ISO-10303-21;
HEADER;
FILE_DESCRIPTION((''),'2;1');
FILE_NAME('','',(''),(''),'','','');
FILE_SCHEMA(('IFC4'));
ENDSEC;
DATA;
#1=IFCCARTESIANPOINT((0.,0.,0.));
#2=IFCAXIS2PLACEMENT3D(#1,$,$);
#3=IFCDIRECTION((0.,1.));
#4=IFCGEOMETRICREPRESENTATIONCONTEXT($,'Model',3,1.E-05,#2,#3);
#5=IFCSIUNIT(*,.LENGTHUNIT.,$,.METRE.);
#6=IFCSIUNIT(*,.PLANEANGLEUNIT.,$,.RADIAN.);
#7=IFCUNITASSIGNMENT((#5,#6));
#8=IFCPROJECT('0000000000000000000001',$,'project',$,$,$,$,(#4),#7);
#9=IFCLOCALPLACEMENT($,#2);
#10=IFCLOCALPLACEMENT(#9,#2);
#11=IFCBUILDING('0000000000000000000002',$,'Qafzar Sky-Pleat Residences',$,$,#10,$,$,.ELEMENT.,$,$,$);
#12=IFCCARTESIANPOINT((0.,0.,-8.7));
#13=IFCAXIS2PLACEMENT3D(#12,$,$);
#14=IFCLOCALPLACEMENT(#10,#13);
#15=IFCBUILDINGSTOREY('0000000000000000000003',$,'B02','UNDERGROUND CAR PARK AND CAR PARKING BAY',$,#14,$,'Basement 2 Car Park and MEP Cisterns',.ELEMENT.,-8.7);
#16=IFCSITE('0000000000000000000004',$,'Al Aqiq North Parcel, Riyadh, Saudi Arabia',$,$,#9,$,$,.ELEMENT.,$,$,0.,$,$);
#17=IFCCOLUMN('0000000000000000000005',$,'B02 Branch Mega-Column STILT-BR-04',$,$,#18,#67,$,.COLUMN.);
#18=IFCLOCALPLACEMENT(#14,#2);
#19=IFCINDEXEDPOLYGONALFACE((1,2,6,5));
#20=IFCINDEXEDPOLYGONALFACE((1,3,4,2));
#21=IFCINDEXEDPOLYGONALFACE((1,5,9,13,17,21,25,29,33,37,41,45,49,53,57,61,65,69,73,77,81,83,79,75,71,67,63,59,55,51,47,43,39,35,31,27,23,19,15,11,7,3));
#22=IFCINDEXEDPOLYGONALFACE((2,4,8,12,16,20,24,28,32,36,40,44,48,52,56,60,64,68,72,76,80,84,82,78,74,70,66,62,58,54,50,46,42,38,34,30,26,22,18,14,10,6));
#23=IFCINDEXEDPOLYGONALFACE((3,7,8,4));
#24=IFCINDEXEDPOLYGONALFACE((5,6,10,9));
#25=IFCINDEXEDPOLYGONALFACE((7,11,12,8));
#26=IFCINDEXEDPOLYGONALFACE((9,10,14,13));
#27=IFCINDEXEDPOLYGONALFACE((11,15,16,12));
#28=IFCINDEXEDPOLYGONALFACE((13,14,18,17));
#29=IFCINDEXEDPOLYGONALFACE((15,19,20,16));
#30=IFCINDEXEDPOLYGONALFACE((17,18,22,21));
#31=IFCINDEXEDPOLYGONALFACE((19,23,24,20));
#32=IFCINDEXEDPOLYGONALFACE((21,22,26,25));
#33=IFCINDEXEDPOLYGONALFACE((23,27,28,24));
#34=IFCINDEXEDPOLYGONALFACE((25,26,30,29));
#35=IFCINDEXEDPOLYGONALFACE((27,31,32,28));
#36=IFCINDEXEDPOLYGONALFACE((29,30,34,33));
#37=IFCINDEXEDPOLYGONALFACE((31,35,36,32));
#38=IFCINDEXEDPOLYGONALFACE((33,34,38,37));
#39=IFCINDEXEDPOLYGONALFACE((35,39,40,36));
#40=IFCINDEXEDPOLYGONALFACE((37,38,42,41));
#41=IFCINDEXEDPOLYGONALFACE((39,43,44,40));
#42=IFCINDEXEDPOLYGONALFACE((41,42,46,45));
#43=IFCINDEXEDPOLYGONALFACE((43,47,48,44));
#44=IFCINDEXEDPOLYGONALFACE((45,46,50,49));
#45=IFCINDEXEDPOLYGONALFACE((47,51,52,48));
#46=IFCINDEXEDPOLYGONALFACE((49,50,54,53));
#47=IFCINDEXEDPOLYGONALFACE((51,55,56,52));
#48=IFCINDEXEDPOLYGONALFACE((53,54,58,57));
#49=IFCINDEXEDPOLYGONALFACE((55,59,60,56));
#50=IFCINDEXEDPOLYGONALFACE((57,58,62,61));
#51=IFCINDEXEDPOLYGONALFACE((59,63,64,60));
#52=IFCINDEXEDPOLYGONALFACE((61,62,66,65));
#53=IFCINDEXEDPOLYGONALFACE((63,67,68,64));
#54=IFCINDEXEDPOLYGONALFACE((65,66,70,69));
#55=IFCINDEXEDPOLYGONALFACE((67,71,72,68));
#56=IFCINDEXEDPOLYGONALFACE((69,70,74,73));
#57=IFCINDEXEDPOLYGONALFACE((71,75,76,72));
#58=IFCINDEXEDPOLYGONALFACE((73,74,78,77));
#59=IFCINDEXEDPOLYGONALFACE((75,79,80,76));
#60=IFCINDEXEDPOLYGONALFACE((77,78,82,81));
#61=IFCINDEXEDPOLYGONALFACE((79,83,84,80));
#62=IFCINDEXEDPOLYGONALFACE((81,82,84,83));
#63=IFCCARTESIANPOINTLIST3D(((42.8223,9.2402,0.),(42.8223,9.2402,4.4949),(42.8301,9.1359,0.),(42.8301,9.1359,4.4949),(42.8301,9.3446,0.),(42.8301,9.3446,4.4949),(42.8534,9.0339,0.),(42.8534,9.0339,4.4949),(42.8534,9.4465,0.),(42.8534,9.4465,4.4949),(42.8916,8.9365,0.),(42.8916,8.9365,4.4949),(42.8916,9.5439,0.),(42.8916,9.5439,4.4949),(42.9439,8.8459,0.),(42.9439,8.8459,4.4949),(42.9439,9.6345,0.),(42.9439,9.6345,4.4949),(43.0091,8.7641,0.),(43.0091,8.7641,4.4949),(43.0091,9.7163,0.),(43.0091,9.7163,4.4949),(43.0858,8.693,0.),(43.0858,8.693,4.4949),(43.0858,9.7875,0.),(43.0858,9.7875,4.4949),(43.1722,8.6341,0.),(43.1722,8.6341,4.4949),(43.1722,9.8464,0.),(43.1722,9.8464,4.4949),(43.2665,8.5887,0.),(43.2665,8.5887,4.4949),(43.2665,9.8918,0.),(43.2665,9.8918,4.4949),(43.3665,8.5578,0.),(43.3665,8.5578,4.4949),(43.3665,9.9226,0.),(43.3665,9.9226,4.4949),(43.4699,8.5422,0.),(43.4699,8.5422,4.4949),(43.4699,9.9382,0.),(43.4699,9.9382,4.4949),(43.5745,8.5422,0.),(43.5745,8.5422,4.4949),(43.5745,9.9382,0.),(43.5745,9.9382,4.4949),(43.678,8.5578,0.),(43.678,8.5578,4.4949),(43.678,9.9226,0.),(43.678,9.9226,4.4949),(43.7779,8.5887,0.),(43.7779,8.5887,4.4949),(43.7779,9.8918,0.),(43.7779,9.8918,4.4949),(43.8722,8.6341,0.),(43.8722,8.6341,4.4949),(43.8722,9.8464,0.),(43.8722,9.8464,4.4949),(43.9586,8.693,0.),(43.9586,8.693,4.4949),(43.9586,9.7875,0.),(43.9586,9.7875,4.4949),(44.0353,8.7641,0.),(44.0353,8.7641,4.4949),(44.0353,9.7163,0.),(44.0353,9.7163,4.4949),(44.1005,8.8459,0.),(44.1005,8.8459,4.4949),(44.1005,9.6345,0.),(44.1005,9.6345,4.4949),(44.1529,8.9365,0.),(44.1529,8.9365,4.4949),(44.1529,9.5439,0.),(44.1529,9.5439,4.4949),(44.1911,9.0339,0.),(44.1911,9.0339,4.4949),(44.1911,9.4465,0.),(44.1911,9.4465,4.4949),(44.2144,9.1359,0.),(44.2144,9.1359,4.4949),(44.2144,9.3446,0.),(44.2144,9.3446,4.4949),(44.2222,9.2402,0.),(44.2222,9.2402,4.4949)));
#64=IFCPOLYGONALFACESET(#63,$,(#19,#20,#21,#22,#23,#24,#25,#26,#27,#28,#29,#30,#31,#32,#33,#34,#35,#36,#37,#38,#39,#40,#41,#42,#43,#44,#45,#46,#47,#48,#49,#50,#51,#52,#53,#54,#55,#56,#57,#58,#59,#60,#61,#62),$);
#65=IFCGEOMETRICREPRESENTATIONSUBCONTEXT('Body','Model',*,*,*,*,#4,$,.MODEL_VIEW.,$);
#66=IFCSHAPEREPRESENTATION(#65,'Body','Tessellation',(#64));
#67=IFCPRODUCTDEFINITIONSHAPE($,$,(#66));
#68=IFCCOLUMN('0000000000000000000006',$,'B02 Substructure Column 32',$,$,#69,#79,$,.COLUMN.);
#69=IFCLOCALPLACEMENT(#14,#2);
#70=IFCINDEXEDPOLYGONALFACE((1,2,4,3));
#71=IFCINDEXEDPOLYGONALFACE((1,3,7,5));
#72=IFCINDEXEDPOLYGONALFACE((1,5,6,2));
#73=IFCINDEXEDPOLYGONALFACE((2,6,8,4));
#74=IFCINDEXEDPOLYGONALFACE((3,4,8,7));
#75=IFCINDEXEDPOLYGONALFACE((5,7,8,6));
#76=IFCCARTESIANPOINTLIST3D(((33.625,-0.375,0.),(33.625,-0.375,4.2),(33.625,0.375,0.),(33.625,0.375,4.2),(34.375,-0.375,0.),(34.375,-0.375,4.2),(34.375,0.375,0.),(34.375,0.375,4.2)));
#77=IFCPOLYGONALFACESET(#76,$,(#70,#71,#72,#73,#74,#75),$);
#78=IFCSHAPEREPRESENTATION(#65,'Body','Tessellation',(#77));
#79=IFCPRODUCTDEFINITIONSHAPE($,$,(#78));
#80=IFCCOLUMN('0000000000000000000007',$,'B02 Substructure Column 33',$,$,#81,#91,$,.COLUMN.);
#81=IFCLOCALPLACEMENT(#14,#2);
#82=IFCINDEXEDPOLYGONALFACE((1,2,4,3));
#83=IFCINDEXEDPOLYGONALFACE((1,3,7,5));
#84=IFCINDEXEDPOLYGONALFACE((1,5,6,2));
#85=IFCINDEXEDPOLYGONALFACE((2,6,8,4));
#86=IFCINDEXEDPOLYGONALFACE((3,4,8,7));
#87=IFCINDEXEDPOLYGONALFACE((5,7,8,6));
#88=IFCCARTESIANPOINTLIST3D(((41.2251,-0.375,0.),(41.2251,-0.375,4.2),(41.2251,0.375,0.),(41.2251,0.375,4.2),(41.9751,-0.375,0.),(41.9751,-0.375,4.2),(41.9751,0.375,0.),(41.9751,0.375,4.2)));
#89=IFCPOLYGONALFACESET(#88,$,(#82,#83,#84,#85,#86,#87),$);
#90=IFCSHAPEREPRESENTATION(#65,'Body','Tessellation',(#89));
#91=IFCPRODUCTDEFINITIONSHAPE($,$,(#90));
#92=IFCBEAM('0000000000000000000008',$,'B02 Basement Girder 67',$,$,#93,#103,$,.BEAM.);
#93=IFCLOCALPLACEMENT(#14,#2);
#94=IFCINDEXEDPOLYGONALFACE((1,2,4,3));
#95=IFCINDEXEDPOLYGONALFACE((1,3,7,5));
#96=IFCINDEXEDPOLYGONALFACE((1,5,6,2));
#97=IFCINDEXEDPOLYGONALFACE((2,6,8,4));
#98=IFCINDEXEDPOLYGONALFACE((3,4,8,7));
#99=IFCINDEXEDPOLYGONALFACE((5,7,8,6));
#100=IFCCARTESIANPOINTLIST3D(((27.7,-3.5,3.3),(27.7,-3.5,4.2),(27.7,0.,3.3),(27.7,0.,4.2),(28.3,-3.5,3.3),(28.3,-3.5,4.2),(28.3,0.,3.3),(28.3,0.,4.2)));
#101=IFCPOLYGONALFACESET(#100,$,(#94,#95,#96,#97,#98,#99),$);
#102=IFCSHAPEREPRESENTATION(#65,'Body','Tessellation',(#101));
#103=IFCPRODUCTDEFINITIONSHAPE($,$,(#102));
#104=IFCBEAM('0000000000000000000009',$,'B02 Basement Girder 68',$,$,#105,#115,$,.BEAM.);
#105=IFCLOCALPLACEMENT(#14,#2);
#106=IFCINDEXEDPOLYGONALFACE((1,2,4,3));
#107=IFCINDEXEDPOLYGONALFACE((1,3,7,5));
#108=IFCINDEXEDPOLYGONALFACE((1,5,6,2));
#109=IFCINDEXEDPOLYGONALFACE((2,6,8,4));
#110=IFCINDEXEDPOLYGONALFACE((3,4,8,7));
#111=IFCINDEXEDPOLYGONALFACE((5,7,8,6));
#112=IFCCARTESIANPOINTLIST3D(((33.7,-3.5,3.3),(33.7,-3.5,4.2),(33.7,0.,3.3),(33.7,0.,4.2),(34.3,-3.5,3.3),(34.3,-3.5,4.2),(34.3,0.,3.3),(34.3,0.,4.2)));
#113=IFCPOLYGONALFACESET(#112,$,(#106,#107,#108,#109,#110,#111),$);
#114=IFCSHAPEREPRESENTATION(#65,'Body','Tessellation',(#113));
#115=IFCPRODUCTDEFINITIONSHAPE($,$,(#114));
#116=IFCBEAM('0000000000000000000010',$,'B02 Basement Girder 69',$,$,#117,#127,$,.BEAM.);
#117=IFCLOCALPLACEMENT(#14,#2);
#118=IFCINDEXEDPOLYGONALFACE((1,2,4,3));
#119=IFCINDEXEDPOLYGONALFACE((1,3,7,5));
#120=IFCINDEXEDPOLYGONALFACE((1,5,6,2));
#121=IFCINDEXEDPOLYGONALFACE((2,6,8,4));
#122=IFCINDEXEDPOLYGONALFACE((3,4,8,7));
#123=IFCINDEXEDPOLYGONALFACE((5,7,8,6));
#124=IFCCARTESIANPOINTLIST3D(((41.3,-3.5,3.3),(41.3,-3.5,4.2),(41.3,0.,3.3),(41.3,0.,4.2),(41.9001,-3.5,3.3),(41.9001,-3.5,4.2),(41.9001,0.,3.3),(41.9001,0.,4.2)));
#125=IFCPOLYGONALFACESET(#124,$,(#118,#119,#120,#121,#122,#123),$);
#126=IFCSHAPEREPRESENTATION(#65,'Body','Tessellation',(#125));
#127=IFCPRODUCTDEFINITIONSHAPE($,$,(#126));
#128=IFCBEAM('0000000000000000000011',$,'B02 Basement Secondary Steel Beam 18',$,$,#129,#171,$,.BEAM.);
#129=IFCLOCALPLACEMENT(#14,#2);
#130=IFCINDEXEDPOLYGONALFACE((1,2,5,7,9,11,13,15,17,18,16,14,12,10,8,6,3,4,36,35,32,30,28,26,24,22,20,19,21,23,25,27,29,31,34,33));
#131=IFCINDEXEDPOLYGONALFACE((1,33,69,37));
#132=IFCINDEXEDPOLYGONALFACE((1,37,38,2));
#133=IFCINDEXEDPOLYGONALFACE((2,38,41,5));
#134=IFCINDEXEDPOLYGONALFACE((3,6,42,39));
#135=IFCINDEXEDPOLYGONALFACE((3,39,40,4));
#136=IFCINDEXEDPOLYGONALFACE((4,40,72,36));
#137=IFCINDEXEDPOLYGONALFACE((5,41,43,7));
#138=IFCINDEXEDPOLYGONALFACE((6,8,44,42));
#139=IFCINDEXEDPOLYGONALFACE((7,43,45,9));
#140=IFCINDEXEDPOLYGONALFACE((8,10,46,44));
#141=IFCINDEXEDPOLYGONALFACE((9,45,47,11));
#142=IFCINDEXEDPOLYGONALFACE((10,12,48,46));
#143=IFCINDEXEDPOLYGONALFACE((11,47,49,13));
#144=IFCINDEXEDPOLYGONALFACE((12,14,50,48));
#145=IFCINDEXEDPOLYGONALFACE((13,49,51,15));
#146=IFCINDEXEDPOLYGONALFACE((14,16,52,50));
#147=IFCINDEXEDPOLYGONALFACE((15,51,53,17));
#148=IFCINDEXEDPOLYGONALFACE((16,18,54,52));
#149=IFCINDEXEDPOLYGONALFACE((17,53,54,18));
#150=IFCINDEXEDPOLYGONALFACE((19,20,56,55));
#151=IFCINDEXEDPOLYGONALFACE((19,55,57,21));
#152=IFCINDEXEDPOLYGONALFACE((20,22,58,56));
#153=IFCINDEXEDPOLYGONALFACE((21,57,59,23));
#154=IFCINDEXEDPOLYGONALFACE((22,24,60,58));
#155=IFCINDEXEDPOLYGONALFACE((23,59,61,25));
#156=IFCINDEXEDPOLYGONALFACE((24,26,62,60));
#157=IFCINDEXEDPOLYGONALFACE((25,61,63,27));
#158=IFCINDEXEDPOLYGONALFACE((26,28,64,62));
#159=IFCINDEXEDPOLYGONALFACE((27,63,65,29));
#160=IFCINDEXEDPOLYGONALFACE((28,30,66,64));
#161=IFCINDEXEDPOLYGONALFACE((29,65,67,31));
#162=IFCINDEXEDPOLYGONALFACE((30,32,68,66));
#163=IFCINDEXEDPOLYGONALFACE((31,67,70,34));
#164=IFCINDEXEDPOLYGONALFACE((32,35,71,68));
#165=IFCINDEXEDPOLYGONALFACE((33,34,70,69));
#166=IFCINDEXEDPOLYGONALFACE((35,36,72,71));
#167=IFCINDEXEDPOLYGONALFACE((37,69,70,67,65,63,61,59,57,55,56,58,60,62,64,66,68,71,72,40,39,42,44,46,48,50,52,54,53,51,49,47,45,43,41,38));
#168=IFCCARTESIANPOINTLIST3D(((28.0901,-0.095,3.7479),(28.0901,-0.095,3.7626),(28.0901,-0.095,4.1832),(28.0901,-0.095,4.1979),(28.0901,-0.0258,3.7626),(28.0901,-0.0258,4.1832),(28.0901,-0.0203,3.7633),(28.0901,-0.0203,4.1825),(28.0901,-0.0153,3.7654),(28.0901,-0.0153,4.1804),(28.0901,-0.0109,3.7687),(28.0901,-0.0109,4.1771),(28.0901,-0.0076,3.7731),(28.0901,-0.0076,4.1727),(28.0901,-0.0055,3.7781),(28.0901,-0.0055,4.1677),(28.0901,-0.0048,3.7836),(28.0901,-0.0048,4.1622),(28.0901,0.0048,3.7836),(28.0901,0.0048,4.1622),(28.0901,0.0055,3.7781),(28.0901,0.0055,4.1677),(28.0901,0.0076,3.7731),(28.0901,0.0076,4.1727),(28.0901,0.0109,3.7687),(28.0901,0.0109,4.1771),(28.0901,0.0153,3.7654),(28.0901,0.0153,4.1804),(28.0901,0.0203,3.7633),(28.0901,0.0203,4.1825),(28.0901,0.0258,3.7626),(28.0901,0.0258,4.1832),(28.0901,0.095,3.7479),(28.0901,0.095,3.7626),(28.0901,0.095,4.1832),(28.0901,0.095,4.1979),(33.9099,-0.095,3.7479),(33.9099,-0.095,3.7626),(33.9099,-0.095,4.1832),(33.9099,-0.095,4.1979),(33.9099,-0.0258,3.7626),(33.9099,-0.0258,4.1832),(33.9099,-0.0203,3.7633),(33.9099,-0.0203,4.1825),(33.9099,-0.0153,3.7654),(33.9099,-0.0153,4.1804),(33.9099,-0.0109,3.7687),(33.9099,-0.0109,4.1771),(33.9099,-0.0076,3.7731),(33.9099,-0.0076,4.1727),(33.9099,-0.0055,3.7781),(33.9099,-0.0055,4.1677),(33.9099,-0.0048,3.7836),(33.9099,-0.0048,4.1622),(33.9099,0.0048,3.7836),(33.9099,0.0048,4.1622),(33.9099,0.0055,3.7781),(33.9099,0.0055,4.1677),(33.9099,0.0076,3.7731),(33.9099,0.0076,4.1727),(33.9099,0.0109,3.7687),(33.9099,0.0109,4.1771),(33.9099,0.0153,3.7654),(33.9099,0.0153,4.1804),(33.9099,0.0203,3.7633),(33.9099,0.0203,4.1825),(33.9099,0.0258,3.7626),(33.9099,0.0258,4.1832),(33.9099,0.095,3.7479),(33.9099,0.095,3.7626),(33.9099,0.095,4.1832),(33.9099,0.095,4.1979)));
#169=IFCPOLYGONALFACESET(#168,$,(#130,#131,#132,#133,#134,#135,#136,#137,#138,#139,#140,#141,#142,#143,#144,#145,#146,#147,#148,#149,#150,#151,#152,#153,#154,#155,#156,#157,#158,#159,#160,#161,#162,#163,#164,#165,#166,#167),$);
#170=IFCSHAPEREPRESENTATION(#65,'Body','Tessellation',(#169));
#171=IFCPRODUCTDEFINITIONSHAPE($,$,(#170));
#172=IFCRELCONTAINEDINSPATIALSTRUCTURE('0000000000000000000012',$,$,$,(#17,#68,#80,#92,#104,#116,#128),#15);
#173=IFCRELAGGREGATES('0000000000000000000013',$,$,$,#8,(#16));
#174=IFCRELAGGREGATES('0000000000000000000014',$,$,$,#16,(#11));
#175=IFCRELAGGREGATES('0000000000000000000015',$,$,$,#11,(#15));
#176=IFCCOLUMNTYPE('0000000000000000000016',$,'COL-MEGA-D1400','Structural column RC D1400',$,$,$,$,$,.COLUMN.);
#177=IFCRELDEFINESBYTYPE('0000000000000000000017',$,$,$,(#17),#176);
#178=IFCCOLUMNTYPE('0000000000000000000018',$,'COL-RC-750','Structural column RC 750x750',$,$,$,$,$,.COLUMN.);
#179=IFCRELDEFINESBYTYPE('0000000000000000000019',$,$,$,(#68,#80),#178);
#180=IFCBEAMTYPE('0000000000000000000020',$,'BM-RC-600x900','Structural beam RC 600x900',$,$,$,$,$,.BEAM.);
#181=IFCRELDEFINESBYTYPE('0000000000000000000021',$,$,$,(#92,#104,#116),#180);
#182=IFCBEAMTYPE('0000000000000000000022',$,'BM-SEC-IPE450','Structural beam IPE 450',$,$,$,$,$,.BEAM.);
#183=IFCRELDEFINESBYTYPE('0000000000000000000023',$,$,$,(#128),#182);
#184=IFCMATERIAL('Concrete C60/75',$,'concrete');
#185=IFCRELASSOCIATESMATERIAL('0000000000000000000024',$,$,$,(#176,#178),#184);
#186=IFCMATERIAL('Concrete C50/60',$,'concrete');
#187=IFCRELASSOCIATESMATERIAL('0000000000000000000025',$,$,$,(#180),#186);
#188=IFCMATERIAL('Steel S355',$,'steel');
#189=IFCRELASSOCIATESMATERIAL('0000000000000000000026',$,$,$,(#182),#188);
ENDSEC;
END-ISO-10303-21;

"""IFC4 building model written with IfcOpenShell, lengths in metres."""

from ifc_helpers import new_model, si_unit, direction, frame, origin, origin_2d, place, context, subcontext, project, spatial, rectangle, circle, i_section, extrude, source, transform, mapped, material, material_profile, profile_set, type_object, element, save


model = new_model("IFC4")

# Units and contexts
model_context = context("Model", 3, precision=1e-05, world=origin(), true_north=direction((0.0, 1.0)))
body_context = subcontext(model_context, "Body", "Model", "MODEL_VIEW")
ifc_project = project(units=[si_unit("LENGTHUNIT", "METRE"), si_unit("PLANEANGLEUNIT", "RADIAN")], contexts=[model_context])

# Site, building, storey
site_placement = place(None, origin())
site = spatial("IfcSite", under=ifc_project, at=site_placement, Name="Al Aqiq North Parcel, Riyadh, Saudi Arabia", CompositionType="ELEMENT", RefElevation=0.0)
building_placement = place(site_placement, origin())
building = spatial("IfcBuilding", under=site, at=building_placement, Name="Qafzar Sky-Pleat Residences", CompositionType="ELEMENT")
storey_placement = place(building_placement, frame((0.0, 0.0, -8.7)))
storey = spatial("IfcBuildingStorey", under=building, at=storey_placement, Name="B02", Description="UNDERGROUND CAR PARK AND CAR PARKING BAY", LongName="Basement 2 Car Park and MEP Cisterns", CompositionType="ELEMENT", Elevation=-8.7)

# Shared definitions
ifc_material_1 = material(Name="Concrete C50/60", Category="concrete")

# Columns
ifc_material_2 = material(Name="Concrete C60/75", Category="concrete")
ifc_material_profile_1 = material_profile(ifc_material_2, circle(Radius=0.7, at=origin_2d()), Name="RC D1400")
ifc_profile_set_1 = profile_set([ifc_material_profile_1], Name="Concrete C60/75")
column_type_1 = type_object("IfcColumnType", Name="COL-MEGA-D1400", Description="Structural column RC D1400", PredefinedType="COLUMN", material=ifc_profile_set_1)
shared_shape_1 = source(origin(), body_context, "Body", "SweptSolid", [
    extrude(circle(Radius=0.7, at=origin_2d()), origin(), (0.0, 0.0, 1.0), 4.4949),
])
column_1_placement = place(storey_placement, frame((43.5222, 9.2402, 0.0), z_axis=(0.0, 0.0, 1.0), x_axis=(1.0, 0.0, 0.0)))
element("IfcColumn", 1, at=column_1_placement, inside=storey, type_object=column_type_1, Name="B02 Branch Mega-Column STILT-BR-04", PredefinedType="COLUMN", context=body_context, shape_type="MappedRepresentation", body=[
    mapped(shared_shape_1, transform((0.0, 0.0, 0.0), x_axis=(1.0, 0.0, 0.0), y_axis=(0.0, 1.0, 0.0), z_axis=(0.0, 0.0, 1.0), scale=1.0)),
])
ifc_material_profile_2 = material_profile(ifc_material_2, rectangle(XDim=0.75, YDim=0.75, at=origin_2d()), Name="RC 750x750")
ifc_profile_set_2 = profile_set([ifc_material_profile_2], Name="Concrete C60/75")
column_type_2 = type_object("IfcColumnType", Name="COL-RC-750", Description="Structural column RC 750x750", PredefinedType="COLUMN", material=ifc_profile_set_2)
shared_shape_2 = source(origin(), body_context, "Body", "SweptSolid", [
    extrude(rectangle(XDim=0.75, YDim=0.75, at=origin_2d()), origin(), (0.0, 0.0, 1.0), 4.2),
])
for number, where, z_axis, x_axis, name in (
    (2, (34.0, 0.0, 0.0), (0.0, 0.0, 1.0), (1.0, 0.0, 0.0), "B02 Substructure Column 32"),
    (3, (41.6001, 0.0, 0.0), (0.0, 0.0, 1.0), (1.0, 0.0, 0.0), "B02 Substructure Column 33"),
):
    element("IfcColumn", number, at=place(storey_placement, frame(where, z_axis=z_axis, x_axis=x_axis)), inside=storey, type_object=column_type_2, Name=name, PredefinedType="COLUMN", context=body_context, shape_type="MappedRepresentation", body=[
        mapped(shared_shape_2, transform((0.0, 0.0, 0.0), x_axis=(1.0, 0.0, 0.0), y_axis=(0.0, 1.0, 0.0), z_axis=(0.0, 0.0, 1.0), scale=1.0)),
    ])

# Beams
ifc_material_profile_3 = material_profile(ifc_material_1, rectangle(XDim=0.6001, YDim=0.8999, at=origin_2d()), Name="RC 600x900")
ifc_profile_set_3 = profile_set([ifc_material_profile_3], Name="Concrete C50/60")
beam_type_1 = type_object("IfcBeamType", Name="BM-RC-600x900", Description="Structural beam RC 600x900", PredefinedType="BEAM", material=ifc_profile_set_3)
shared_shape_3 = source(origin(), body_context, "Body", "SweptSolid", [
    extrude(rectangle(XDim=0.6001, YDim=0.8999, at=origin_2d()), origin(), (0.0, 0.0, 1.0), 3.5),
])
for number, where, z_axis, x_axis, name in (
    (4, (28.0, -3.5, 3.75), (0.0, 1.0, 0.0), (-1.0, 0.0, 0.0), "B02 Basement Girder 67"),
    (5, (34.0, -3.5, 3.75), (0.0, 1.0, 0.0), (-1.0, 0.0, 0.0), "B02 Basement Girder 68"),
    (6, (41.6001, -3.5, 3.75), (0.0, 1.0, 0.0), (-1.0, 0.0, 0.0), "B02 Basement Girder 69"),
):
    element("IfcBeam", number, at=place(storey_placement, frame(where, z_axis=z_axis, x_axis=x_axis)), inside=storey, type_object=beam_type_1, Name=name, PredefinedType="BEAM", context=body_context, shape_type="MappedRepresentation", body=[
        mapped(shared_shape_3, transform((0.0, 0.0, 0.0), x_axis=(1.0, 0.0, 0.0), y_axis=(0.0, 1.0, 0.0), z_axis=(0.0, 0.0, 1.0), scale=1.0)),
    ])
ifc_material_3 = material(Name="Steel S355", Category="steel")
ifc_material_profile_4 = material_profile(ifc_material_3, i_section(OverallWidth=0.1899, OverallDepth=0.45, WebThickness=0.0095, FlangeThickness=0.0146, FilletRadius=0.021, at=origin_2d()), Name="IPE 450")
ifc_profile_set_4 = profile_set([ifc_material_profile_4], Name="Steel S355")
beam_type_2 = type_object("IfcBeamType", Name="BM-SEC-IPE450", Description="Structural beam IPE 450", PredefinedType="BEAM", material=ifc_profile_set_4)
shared_shape_4 = source(origin(), body_context, "Body", "SweptSolid", [
    extrude(i_section(OverallWidth=0.1899, OverallDepth=0.45, WebThickness=0.0095, FlangeThickness=0.0146, FilletRadius=0.021, at=origin_2d()), origin(), (0.0, 0.0, 1.0), 5.8198),
])
beam_1_placement = place(storey_placement, frame((28.0901, 0.0, 3.9729), z_axis=(1.0, 0.0, 0.0), x_axis=(0.0, 1.0, 0.0)))
element("IfcBeam", 7, at=beam_1_placement, inside=storey, type_object=beam_type_2, Name="B02 Basement Secondary Steel Beam 18", PredefinedType="BEAM", context=body_context, shape_type="MappedRepresentation", body=[
    mapped(shared_shape_4, transform((0.0, 0.0, 0.0), x_axis=(1.0, 0.0, 0.0), y_axis=(0.0, 1.0, 0.0), z_axis=(0.0, 0.0, 1.0), scale=1.0)),
])

save(model, "model.ifc")
